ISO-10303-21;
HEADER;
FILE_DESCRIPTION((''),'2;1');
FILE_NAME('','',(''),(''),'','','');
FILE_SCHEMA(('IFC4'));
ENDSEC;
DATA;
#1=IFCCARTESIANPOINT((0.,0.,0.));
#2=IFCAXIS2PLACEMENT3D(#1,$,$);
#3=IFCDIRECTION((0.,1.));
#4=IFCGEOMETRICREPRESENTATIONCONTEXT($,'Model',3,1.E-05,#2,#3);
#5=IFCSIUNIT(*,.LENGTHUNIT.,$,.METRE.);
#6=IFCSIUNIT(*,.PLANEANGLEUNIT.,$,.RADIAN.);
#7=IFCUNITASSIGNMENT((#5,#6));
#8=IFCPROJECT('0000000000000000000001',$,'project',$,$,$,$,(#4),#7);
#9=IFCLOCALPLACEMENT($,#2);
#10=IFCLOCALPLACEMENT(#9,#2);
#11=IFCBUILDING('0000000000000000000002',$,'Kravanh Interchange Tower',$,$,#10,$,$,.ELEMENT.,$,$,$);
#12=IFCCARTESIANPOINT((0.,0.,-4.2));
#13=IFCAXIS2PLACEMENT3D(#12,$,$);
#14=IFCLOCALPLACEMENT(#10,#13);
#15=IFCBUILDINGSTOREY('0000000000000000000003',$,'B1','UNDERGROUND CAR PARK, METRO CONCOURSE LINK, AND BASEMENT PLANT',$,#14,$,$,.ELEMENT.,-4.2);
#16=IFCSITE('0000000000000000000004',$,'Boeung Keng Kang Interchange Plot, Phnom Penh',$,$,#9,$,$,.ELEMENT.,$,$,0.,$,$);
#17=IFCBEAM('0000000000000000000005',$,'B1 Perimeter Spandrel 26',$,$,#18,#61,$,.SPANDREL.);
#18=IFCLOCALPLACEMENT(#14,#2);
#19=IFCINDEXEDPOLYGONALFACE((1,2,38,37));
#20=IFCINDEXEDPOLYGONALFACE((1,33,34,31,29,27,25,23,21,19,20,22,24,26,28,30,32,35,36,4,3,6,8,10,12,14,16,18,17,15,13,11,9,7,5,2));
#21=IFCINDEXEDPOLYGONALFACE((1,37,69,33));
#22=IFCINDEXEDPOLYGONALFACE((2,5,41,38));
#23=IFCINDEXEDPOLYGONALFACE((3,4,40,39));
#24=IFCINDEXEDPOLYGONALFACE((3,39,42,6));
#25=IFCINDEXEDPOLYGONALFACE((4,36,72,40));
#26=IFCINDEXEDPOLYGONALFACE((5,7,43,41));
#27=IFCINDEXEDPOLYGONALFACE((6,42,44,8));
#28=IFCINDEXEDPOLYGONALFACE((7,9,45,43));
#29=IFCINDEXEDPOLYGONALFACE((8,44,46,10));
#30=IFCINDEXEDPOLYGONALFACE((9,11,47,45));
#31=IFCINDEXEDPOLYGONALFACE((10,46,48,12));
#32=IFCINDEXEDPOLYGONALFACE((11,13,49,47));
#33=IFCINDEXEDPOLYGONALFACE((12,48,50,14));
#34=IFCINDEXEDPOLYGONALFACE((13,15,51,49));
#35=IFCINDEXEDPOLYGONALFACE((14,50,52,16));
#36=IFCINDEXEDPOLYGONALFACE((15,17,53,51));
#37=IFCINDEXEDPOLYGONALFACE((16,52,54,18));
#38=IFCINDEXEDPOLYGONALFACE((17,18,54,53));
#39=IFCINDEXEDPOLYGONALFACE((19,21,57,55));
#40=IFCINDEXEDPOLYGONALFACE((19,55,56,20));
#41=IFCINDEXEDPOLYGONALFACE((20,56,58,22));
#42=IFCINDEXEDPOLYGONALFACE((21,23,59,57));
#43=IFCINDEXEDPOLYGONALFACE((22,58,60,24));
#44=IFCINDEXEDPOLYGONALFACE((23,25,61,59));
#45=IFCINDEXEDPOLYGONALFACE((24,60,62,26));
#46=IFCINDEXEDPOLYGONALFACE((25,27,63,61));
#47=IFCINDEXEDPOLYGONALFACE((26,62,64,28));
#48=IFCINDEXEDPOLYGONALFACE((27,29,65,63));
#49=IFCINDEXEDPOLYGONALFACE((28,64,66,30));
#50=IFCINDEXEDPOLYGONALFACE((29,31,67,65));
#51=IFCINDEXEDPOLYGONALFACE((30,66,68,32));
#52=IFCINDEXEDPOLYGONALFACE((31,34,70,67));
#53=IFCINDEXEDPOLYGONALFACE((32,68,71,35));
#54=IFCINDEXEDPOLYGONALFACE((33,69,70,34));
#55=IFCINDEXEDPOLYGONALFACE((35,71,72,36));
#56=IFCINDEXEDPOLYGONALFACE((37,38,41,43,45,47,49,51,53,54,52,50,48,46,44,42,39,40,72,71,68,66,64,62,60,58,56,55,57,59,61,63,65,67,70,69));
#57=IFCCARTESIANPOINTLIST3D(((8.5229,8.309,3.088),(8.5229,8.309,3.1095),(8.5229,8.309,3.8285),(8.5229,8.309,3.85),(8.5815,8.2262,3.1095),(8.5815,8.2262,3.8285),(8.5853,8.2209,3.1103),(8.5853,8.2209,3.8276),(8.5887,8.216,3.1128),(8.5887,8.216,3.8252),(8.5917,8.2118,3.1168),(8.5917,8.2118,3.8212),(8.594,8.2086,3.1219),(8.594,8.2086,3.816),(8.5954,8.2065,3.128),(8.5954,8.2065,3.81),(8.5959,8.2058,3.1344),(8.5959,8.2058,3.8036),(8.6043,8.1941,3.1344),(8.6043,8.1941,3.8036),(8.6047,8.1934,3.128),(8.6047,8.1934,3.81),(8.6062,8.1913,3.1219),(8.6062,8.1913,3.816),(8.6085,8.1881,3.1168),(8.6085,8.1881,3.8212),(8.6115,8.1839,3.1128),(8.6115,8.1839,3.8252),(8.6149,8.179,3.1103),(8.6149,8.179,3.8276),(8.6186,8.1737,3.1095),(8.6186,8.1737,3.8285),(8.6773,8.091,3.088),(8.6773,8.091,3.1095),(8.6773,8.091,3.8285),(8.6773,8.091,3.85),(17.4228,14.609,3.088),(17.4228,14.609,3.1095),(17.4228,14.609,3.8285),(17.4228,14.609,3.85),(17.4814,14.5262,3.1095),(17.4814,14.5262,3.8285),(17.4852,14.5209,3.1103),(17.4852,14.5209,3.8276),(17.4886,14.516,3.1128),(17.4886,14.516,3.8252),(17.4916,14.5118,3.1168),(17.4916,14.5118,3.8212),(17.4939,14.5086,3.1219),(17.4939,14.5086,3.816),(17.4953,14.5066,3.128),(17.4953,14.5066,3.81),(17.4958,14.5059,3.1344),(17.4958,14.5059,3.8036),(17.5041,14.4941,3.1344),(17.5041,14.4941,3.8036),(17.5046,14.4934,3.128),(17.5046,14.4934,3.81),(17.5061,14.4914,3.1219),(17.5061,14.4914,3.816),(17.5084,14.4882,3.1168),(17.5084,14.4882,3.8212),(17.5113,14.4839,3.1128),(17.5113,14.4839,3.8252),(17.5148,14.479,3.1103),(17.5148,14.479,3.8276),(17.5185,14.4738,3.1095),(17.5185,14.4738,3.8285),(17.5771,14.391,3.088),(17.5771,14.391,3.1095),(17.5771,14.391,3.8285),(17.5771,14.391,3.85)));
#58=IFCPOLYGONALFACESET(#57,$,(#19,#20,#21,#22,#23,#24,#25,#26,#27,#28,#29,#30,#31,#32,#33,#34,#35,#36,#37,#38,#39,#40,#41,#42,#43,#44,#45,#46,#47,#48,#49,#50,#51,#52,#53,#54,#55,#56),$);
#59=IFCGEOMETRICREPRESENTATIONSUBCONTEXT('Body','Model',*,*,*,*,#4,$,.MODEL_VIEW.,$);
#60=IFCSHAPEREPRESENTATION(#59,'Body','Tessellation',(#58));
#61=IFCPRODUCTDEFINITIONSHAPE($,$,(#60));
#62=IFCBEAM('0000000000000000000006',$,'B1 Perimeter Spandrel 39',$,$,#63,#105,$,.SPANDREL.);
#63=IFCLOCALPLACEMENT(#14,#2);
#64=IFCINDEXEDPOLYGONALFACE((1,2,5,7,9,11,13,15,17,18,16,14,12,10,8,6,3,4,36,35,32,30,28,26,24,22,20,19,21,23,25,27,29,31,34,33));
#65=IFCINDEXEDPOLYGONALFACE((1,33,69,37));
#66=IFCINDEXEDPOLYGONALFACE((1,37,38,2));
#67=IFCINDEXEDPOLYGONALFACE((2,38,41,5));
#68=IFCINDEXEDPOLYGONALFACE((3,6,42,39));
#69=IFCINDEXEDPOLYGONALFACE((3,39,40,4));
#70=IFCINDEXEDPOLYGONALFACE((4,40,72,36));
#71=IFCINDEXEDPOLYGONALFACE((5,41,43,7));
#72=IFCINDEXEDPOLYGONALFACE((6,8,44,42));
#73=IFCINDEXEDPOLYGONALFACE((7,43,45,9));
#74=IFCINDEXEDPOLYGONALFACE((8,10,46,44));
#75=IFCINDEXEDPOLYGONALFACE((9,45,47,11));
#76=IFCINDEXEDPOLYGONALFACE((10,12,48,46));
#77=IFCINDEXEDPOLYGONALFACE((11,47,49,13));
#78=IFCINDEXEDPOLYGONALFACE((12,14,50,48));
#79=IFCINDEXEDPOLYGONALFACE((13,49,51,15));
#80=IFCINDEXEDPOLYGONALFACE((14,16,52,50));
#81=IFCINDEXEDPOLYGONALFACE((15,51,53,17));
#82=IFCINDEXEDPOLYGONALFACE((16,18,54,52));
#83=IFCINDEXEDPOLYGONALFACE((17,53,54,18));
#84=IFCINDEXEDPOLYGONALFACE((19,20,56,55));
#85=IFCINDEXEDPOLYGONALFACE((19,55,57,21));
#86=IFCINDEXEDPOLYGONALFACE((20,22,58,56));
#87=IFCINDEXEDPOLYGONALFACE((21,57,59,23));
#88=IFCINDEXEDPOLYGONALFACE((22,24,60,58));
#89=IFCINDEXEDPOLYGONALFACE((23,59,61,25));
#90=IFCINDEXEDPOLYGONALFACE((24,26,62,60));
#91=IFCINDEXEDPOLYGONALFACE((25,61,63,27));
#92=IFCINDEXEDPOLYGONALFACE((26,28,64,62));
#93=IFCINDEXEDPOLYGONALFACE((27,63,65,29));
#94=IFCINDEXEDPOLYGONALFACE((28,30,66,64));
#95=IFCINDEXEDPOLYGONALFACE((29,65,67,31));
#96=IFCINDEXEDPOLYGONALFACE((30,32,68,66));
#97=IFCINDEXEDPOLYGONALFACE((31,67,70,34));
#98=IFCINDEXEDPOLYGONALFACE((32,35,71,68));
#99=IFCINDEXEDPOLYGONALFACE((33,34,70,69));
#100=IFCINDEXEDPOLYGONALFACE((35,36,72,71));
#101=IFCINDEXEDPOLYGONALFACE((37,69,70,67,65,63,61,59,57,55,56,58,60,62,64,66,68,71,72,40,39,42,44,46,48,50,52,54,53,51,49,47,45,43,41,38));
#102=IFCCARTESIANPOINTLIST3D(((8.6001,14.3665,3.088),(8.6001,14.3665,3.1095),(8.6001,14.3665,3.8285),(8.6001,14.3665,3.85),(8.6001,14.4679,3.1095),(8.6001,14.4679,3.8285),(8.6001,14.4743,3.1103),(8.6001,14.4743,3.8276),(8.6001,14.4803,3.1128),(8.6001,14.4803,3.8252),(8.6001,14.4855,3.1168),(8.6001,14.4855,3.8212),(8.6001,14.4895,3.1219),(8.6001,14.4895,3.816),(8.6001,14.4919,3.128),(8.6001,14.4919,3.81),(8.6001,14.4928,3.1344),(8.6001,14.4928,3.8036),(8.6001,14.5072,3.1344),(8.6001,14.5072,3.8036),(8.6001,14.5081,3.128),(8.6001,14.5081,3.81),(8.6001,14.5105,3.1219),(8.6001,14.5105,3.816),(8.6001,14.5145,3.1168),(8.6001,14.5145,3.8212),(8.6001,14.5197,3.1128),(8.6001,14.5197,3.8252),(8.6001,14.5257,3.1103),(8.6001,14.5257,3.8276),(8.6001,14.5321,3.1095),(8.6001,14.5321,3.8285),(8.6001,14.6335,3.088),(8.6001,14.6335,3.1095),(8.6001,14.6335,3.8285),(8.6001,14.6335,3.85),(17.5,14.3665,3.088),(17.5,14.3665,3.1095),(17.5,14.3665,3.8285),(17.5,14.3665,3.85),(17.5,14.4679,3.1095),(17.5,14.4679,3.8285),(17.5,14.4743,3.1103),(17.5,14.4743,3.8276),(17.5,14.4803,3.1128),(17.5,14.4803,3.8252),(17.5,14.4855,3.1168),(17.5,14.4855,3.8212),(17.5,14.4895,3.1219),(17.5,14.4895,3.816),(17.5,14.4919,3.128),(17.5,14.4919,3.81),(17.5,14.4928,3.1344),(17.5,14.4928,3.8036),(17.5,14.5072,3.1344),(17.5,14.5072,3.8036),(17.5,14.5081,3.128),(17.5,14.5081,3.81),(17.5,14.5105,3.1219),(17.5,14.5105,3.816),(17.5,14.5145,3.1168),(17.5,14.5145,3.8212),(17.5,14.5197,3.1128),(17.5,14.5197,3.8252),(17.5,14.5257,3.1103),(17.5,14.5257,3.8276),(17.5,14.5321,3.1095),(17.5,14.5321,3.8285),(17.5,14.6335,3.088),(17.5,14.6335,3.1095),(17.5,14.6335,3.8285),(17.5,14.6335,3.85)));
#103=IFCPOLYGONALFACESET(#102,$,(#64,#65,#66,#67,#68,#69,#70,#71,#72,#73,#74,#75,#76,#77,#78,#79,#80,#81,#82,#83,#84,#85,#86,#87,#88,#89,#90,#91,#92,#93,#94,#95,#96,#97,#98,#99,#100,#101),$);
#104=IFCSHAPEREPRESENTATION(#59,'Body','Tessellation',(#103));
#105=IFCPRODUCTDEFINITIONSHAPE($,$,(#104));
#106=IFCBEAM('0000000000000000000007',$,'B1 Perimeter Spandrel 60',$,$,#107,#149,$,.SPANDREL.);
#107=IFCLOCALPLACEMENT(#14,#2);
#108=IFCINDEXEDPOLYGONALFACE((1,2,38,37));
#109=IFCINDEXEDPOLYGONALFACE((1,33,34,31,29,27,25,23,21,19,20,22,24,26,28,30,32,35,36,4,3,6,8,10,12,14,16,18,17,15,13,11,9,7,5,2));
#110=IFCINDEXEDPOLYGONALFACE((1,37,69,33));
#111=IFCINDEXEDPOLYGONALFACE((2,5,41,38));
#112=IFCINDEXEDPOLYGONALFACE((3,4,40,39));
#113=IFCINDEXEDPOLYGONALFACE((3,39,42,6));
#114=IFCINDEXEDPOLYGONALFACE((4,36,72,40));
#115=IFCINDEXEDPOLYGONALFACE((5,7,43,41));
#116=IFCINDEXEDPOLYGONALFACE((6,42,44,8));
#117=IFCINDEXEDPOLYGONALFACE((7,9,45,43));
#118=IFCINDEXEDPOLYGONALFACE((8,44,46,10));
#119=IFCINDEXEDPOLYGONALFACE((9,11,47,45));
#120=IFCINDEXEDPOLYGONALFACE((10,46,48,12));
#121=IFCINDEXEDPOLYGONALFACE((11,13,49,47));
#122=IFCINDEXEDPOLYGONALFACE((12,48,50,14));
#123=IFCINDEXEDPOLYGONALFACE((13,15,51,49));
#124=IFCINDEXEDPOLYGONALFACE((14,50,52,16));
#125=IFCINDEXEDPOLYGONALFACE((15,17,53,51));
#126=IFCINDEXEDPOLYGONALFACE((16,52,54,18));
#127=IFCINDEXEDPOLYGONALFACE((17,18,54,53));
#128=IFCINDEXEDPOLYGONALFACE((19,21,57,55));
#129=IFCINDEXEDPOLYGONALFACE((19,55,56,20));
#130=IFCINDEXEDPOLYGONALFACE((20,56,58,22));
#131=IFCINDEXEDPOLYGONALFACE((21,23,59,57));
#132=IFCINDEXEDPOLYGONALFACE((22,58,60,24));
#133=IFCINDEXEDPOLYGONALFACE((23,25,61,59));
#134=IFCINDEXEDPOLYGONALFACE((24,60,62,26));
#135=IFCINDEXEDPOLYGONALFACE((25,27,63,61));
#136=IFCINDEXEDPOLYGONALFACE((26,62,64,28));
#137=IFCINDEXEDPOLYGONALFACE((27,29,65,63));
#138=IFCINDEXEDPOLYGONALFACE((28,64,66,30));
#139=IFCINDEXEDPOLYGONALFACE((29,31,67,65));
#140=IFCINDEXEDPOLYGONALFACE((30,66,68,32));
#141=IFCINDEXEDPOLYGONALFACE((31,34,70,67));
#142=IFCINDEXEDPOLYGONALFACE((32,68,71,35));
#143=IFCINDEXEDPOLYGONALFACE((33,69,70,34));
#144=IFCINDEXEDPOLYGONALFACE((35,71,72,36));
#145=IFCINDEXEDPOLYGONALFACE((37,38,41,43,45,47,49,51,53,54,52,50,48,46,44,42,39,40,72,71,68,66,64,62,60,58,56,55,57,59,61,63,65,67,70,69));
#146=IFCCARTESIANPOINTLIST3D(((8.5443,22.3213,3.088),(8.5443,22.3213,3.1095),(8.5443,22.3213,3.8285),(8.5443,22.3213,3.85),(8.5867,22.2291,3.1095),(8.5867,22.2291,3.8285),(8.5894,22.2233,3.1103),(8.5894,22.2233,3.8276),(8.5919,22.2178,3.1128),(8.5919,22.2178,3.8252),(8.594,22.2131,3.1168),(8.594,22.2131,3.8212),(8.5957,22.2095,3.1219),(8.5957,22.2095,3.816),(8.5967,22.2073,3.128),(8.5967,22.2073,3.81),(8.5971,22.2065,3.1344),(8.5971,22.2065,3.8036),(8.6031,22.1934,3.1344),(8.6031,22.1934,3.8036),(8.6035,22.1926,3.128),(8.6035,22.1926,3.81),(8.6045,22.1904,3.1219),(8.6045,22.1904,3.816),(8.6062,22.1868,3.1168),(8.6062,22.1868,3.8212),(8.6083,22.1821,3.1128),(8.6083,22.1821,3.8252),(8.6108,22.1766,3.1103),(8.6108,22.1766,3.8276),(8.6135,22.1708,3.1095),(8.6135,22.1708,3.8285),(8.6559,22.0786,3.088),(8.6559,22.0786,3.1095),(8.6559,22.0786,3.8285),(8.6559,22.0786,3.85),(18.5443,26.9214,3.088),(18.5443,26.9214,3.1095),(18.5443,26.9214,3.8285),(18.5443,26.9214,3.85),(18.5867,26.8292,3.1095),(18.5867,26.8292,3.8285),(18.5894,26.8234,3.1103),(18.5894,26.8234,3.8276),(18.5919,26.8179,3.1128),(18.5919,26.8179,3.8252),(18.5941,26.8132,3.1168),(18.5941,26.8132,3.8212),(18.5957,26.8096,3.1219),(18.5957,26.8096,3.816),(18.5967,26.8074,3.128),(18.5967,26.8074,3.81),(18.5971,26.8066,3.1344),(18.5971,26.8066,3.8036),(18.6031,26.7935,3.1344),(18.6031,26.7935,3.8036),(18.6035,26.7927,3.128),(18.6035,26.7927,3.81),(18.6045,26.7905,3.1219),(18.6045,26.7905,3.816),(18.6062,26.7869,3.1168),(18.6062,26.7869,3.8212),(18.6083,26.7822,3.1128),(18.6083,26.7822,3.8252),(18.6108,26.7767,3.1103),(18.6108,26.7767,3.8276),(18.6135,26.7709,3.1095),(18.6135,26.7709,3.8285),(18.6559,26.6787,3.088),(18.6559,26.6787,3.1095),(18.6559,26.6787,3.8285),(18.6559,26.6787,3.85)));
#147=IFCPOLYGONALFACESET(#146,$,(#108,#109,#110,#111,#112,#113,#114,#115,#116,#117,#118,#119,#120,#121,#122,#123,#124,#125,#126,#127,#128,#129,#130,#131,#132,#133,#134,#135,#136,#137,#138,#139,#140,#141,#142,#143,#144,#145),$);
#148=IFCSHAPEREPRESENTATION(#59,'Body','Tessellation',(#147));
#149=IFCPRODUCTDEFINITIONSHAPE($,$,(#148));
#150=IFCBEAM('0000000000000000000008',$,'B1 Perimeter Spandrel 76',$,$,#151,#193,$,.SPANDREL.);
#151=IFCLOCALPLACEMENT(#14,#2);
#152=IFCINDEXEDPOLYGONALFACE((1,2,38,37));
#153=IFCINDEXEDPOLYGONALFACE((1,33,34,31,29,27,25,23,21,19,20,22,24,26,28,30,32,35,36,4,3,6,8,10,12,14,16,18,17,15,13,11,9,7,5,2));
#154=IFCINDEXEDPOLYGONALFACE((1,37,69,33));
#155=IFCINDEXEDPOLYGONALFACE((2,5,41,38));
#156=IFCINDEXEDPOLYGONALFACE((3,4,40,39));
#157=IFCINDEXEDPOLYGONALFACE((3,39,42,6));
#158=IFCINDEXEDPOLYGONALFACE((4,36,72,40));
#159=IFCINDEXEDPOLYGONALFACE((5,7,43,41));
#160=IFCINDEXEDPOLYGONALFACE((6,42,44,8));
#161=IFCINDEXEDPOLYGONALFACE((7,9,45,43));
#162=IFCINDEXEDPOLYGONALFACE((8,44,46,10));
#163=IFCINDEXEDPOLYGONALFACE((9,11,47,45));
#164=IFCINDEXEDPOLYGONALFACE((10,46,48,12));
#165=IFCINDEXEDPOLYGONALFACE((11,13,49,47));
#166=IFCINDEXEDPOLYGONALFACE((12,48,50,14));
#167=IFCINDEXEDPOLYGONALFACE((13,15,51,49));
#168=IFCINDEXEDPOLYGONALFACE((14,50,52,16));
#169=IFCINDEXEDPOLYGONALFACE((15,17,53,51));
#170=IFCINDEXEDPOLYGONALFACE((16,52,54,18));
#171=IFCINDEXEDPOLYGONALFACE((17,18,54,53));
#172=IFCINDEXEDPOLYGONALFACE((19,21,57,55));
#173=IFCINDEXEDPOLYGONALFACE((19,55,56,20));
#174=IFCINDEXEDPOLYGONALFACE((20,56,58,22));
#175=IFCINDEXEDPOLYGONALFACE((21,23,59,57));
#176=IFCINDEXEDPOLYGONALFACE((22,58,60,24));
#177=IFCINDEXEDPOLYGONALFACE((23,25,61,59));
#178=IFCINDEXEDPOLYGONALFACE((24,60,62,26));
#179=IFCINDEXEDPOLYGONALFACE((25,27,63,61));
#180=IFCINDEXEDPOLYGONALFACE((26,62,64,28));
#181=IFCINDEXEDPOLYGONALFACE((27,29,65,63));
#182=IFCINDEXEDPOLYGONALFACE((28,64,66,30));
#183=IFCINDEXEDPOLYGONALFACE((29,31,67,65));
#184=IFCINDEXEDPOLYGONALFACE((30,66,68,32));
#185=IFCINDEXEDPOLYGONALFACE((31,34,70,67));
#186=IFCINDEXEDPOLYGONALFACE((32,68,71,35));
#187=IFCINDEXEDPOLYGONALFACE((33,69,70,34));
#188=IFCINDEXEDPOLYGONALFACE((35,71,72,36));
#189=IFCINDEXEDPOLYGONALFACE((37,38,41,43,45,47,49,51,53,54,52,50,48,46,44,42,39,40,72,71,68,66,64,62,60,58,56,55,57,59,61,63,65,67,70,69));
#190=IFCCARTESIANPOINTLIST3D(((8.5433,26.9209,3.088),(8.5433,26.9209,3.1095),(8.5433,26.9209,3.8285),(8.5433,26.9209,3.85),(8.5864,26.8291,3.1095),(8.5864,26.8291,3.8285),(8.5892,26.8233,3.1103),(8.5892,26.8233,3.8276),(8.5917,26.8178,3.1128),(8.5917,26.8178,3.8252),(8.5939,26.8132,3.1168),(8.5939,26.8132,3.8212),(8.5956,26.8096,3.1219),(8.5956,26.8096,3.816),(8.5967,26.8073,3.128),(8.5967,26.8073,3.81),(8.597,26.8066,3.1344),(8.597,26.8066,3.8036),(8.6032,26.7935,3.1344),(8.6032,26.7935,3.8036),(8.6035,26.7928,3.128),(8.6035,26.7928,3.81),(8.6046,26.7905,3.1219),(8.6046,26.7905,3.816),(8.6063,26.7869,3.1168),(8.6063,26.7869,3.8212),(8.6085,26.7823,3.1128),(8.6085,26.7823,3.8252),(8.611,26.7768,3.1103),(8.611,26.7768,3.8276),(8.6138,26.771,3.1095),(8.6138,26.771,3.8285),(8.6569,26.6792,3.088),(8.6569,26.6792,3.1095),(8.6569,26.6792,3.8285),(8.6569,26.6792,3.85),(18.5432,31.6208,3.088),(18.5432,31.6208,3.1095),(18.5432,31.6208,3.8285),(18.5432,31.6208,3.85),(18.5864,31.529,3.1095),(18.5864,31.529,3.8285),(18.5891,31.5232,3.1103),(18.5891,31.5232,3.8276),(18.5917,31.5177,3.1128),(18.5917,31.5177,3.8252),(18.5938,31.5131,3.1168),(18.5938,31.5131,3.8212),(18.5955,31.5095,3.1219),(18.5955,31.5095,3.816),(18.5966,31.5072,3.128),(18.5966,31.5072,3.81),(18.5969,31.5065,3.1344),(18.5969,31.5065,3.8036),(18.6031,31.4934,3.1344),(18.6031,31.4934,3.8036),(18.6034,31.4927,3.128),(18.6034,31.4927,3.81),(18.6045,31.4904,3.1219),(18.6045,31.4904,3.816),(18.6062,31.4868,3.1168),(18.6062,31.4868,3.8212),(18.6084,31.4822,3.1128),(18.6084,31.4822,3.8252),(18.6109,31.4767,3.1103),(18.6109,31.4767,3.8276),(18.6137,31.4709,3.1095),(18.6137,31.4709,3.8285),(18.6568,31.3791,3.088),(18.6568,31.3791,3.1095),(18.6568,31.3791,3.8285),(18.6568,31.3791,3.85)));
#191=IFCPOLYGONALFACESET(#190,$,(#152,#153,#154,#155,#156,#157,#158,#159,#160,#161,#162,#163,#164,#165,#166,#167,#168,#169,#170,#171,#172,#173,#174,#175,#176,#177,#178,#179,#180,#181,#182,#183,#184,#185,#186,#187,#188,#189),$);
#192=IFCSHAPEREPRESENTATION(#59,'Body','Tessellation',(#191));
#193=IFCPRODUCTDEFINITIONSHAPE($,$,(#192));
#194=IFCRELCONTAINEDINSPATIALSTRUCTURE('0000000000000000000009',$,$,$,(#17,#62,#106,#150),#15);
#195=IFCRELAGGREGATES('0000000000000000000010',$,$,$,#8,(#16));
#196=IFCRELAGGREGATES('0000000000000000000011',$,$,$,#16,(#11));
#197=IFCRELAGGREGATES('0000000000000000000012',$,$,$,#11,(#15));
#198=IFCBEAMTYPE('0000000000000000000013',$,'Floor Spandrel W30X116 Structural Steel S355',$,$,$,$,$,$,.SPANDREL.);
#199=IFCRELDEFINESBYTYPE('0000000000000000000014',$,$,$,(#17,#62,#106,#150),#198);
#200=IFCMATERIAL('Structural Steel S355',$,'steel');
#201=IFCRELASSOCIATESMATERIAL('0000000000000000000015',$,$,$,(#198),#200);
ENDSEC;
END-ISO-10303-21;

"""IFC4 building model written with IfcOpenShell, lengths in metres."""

from ifc_helpers import new_model, si_unit, direction, frame, origin, origin_2d, place, context, subcontext, project, spatial, i_section, extrude, material, material_profile, profile_set, type_object, element, save


model = new_model("IFC4")

# Units and contexts
model_context = context("Model", 3, precision=1e-05, world=origin(), true_north=direction((0.0, 1.0)))
body_context = subcontext(model_context, "Body", "Model", "MODEL_VIEW")
ifc_project = project(units=[si_unit("LENGTHUNIT", "METRE"), si_unit("PLANEANGLEUNIT", "RADIAN")], contexts=[model_context])

# Site, building, storey
site_placement = place(None, origin())
site = spatial("IfcSite", under=ifc_project, at=site_placement, Name="Boeung Keng Kang Interchange Plot, Phnom Penh", CompositionType="ELEMENT", RefElevation=0.0)
building_placement = place(site_placement, origin())
building = spatial("IfcBuilding", under=site, at=building_placement, Name="Kravanh Interchange Tower", CompositionType="ELEMENT")
storey_placement = place(building_placement, frame((0.0, 0.0, -4.2)))
storey = spatial("IfcBuildingStorey", under=building, at=storey_placement, Name="B1", Description="UNDERGROUND CAR PARK, METRO CONCOURSE LINK, AND BASEMENT PLANT", CompositionType="ELEMENT", Elevation=-4.2)

# Beams
ifc_material_1 = material(Name="Structural Steel S355", Category="steel")
ifc_material_profile_1 = material_profile(ifc_material_1, i_section(OverallWidth=0.2671, OverallDepth=0.762, WebThickness=0.0144, FlangeThickness=0.0215, FilletRadius=0.0249, at=origin_2d()), Name="W30X116")
ifc_profile_set_1 = profile_set([ifc_material_profile_1], Name="Structural Steel S355")
beam_type_1 = type_object("IfcBeamType", Name="Floor Spandrel W30X116 Structural Steel S355", PredefinedType="SPANDREL", material=ifc_profile_set_1)
beam_1_placement = place(storey_placement, frame((8.6001, 8.2, 3.469), z_axis=(0.8162, 0.57777, 0.0), x_axis=(-0.57777, 0.8162, 0.0)))
element("IfcBeam", 1, at=beam_1_placement, inside=storey, type_object=beam_type_1, Name="B1 Perimeter Spandrel 26", PredefinedType="SPANDREL", context=body_context, shape_type="SweptSolid", body=[
    extrude(i_section(OverallWidth=0.2671, OverallDepth=0.762, WebThickness=0.0144, FlangeThickness=0.0215, FilletRadius=0.0249, at=origin_2d()), origin(), (0.0, 0.0, 1.0), 10.9041),
])
beam_2_placement = place(storey_placement, frame((8.6001, 14.5, 3.469), z_axis=(1.0, 0.0, 0.0), x_axis=(0.0, 1.0, 0.0)))
element("IfcBeam", 2, at=beam_2_placement, inside=storey, type_object=beam_type_1, Name="B1 Perimeter Spandrel 39", PredefinedType="SPANDREL", context=body_context, shape_type="SweptSolid", body=[
    extrude(i_section(OverallWidth=0.2671, OverallDepth=0.762, WebThickness=0.0144, FlangeThickness=0.0215, FilletRadius=0.0249, at=origin_2d()), origin(), (0.0, 0.0, 1.0), 8.8999),
])
beam_3_placement = place(storey_placement, frame((8.6001, 22.2, 3.469), z_axis=(0.908487, 0.417913, 0.0), x_axis=(-0.417913, 0.908487, 0.0)))
element("IfcBeam", 3, at=beam_3_placement, inside=storey, type_object=beam_type_1, Name="B1 Perimeter Spandrel 60", PredefinedType="SPANDREL", context=body_context, shape_type="SweptSolid", body=[
    extrude(i_section(OverallWidth=0.2671, OverallDepth=0.762, WebThickness=0.0144, FlangeThickness=0.0215, FilletRadius=0.0249, at=origin_2d()), origin(), (0.0, 0.0, 1.0), 11.0073),
])
beam_4_placement = place(storey_placement, frame((8.6001, 26.8, 3.469), z_axis=(0.905025, 0.425358, 0.0), x_axis=(-0.425358, 0.905025, 0.0)))
element("IfcBeam", 4, at=beam_4_placement, inside=storey, type_object=beam_type_1, Name="B1 Perimeter Spandrel 76", PredefinedType="SPANDREL", context=body_context, shape_type="SweptSolid", body=[
    extrude(i_section(OverallWidth=0.2671, OverallDepth=0.762, WebThickness=0.0144, FlangeThickness=0.0215, FilletRadius=0.0249, at=origin_2d()), origin(), (0.0, 0.0, 1.0), 11.0493),
])

save(model, "model.ifc")
